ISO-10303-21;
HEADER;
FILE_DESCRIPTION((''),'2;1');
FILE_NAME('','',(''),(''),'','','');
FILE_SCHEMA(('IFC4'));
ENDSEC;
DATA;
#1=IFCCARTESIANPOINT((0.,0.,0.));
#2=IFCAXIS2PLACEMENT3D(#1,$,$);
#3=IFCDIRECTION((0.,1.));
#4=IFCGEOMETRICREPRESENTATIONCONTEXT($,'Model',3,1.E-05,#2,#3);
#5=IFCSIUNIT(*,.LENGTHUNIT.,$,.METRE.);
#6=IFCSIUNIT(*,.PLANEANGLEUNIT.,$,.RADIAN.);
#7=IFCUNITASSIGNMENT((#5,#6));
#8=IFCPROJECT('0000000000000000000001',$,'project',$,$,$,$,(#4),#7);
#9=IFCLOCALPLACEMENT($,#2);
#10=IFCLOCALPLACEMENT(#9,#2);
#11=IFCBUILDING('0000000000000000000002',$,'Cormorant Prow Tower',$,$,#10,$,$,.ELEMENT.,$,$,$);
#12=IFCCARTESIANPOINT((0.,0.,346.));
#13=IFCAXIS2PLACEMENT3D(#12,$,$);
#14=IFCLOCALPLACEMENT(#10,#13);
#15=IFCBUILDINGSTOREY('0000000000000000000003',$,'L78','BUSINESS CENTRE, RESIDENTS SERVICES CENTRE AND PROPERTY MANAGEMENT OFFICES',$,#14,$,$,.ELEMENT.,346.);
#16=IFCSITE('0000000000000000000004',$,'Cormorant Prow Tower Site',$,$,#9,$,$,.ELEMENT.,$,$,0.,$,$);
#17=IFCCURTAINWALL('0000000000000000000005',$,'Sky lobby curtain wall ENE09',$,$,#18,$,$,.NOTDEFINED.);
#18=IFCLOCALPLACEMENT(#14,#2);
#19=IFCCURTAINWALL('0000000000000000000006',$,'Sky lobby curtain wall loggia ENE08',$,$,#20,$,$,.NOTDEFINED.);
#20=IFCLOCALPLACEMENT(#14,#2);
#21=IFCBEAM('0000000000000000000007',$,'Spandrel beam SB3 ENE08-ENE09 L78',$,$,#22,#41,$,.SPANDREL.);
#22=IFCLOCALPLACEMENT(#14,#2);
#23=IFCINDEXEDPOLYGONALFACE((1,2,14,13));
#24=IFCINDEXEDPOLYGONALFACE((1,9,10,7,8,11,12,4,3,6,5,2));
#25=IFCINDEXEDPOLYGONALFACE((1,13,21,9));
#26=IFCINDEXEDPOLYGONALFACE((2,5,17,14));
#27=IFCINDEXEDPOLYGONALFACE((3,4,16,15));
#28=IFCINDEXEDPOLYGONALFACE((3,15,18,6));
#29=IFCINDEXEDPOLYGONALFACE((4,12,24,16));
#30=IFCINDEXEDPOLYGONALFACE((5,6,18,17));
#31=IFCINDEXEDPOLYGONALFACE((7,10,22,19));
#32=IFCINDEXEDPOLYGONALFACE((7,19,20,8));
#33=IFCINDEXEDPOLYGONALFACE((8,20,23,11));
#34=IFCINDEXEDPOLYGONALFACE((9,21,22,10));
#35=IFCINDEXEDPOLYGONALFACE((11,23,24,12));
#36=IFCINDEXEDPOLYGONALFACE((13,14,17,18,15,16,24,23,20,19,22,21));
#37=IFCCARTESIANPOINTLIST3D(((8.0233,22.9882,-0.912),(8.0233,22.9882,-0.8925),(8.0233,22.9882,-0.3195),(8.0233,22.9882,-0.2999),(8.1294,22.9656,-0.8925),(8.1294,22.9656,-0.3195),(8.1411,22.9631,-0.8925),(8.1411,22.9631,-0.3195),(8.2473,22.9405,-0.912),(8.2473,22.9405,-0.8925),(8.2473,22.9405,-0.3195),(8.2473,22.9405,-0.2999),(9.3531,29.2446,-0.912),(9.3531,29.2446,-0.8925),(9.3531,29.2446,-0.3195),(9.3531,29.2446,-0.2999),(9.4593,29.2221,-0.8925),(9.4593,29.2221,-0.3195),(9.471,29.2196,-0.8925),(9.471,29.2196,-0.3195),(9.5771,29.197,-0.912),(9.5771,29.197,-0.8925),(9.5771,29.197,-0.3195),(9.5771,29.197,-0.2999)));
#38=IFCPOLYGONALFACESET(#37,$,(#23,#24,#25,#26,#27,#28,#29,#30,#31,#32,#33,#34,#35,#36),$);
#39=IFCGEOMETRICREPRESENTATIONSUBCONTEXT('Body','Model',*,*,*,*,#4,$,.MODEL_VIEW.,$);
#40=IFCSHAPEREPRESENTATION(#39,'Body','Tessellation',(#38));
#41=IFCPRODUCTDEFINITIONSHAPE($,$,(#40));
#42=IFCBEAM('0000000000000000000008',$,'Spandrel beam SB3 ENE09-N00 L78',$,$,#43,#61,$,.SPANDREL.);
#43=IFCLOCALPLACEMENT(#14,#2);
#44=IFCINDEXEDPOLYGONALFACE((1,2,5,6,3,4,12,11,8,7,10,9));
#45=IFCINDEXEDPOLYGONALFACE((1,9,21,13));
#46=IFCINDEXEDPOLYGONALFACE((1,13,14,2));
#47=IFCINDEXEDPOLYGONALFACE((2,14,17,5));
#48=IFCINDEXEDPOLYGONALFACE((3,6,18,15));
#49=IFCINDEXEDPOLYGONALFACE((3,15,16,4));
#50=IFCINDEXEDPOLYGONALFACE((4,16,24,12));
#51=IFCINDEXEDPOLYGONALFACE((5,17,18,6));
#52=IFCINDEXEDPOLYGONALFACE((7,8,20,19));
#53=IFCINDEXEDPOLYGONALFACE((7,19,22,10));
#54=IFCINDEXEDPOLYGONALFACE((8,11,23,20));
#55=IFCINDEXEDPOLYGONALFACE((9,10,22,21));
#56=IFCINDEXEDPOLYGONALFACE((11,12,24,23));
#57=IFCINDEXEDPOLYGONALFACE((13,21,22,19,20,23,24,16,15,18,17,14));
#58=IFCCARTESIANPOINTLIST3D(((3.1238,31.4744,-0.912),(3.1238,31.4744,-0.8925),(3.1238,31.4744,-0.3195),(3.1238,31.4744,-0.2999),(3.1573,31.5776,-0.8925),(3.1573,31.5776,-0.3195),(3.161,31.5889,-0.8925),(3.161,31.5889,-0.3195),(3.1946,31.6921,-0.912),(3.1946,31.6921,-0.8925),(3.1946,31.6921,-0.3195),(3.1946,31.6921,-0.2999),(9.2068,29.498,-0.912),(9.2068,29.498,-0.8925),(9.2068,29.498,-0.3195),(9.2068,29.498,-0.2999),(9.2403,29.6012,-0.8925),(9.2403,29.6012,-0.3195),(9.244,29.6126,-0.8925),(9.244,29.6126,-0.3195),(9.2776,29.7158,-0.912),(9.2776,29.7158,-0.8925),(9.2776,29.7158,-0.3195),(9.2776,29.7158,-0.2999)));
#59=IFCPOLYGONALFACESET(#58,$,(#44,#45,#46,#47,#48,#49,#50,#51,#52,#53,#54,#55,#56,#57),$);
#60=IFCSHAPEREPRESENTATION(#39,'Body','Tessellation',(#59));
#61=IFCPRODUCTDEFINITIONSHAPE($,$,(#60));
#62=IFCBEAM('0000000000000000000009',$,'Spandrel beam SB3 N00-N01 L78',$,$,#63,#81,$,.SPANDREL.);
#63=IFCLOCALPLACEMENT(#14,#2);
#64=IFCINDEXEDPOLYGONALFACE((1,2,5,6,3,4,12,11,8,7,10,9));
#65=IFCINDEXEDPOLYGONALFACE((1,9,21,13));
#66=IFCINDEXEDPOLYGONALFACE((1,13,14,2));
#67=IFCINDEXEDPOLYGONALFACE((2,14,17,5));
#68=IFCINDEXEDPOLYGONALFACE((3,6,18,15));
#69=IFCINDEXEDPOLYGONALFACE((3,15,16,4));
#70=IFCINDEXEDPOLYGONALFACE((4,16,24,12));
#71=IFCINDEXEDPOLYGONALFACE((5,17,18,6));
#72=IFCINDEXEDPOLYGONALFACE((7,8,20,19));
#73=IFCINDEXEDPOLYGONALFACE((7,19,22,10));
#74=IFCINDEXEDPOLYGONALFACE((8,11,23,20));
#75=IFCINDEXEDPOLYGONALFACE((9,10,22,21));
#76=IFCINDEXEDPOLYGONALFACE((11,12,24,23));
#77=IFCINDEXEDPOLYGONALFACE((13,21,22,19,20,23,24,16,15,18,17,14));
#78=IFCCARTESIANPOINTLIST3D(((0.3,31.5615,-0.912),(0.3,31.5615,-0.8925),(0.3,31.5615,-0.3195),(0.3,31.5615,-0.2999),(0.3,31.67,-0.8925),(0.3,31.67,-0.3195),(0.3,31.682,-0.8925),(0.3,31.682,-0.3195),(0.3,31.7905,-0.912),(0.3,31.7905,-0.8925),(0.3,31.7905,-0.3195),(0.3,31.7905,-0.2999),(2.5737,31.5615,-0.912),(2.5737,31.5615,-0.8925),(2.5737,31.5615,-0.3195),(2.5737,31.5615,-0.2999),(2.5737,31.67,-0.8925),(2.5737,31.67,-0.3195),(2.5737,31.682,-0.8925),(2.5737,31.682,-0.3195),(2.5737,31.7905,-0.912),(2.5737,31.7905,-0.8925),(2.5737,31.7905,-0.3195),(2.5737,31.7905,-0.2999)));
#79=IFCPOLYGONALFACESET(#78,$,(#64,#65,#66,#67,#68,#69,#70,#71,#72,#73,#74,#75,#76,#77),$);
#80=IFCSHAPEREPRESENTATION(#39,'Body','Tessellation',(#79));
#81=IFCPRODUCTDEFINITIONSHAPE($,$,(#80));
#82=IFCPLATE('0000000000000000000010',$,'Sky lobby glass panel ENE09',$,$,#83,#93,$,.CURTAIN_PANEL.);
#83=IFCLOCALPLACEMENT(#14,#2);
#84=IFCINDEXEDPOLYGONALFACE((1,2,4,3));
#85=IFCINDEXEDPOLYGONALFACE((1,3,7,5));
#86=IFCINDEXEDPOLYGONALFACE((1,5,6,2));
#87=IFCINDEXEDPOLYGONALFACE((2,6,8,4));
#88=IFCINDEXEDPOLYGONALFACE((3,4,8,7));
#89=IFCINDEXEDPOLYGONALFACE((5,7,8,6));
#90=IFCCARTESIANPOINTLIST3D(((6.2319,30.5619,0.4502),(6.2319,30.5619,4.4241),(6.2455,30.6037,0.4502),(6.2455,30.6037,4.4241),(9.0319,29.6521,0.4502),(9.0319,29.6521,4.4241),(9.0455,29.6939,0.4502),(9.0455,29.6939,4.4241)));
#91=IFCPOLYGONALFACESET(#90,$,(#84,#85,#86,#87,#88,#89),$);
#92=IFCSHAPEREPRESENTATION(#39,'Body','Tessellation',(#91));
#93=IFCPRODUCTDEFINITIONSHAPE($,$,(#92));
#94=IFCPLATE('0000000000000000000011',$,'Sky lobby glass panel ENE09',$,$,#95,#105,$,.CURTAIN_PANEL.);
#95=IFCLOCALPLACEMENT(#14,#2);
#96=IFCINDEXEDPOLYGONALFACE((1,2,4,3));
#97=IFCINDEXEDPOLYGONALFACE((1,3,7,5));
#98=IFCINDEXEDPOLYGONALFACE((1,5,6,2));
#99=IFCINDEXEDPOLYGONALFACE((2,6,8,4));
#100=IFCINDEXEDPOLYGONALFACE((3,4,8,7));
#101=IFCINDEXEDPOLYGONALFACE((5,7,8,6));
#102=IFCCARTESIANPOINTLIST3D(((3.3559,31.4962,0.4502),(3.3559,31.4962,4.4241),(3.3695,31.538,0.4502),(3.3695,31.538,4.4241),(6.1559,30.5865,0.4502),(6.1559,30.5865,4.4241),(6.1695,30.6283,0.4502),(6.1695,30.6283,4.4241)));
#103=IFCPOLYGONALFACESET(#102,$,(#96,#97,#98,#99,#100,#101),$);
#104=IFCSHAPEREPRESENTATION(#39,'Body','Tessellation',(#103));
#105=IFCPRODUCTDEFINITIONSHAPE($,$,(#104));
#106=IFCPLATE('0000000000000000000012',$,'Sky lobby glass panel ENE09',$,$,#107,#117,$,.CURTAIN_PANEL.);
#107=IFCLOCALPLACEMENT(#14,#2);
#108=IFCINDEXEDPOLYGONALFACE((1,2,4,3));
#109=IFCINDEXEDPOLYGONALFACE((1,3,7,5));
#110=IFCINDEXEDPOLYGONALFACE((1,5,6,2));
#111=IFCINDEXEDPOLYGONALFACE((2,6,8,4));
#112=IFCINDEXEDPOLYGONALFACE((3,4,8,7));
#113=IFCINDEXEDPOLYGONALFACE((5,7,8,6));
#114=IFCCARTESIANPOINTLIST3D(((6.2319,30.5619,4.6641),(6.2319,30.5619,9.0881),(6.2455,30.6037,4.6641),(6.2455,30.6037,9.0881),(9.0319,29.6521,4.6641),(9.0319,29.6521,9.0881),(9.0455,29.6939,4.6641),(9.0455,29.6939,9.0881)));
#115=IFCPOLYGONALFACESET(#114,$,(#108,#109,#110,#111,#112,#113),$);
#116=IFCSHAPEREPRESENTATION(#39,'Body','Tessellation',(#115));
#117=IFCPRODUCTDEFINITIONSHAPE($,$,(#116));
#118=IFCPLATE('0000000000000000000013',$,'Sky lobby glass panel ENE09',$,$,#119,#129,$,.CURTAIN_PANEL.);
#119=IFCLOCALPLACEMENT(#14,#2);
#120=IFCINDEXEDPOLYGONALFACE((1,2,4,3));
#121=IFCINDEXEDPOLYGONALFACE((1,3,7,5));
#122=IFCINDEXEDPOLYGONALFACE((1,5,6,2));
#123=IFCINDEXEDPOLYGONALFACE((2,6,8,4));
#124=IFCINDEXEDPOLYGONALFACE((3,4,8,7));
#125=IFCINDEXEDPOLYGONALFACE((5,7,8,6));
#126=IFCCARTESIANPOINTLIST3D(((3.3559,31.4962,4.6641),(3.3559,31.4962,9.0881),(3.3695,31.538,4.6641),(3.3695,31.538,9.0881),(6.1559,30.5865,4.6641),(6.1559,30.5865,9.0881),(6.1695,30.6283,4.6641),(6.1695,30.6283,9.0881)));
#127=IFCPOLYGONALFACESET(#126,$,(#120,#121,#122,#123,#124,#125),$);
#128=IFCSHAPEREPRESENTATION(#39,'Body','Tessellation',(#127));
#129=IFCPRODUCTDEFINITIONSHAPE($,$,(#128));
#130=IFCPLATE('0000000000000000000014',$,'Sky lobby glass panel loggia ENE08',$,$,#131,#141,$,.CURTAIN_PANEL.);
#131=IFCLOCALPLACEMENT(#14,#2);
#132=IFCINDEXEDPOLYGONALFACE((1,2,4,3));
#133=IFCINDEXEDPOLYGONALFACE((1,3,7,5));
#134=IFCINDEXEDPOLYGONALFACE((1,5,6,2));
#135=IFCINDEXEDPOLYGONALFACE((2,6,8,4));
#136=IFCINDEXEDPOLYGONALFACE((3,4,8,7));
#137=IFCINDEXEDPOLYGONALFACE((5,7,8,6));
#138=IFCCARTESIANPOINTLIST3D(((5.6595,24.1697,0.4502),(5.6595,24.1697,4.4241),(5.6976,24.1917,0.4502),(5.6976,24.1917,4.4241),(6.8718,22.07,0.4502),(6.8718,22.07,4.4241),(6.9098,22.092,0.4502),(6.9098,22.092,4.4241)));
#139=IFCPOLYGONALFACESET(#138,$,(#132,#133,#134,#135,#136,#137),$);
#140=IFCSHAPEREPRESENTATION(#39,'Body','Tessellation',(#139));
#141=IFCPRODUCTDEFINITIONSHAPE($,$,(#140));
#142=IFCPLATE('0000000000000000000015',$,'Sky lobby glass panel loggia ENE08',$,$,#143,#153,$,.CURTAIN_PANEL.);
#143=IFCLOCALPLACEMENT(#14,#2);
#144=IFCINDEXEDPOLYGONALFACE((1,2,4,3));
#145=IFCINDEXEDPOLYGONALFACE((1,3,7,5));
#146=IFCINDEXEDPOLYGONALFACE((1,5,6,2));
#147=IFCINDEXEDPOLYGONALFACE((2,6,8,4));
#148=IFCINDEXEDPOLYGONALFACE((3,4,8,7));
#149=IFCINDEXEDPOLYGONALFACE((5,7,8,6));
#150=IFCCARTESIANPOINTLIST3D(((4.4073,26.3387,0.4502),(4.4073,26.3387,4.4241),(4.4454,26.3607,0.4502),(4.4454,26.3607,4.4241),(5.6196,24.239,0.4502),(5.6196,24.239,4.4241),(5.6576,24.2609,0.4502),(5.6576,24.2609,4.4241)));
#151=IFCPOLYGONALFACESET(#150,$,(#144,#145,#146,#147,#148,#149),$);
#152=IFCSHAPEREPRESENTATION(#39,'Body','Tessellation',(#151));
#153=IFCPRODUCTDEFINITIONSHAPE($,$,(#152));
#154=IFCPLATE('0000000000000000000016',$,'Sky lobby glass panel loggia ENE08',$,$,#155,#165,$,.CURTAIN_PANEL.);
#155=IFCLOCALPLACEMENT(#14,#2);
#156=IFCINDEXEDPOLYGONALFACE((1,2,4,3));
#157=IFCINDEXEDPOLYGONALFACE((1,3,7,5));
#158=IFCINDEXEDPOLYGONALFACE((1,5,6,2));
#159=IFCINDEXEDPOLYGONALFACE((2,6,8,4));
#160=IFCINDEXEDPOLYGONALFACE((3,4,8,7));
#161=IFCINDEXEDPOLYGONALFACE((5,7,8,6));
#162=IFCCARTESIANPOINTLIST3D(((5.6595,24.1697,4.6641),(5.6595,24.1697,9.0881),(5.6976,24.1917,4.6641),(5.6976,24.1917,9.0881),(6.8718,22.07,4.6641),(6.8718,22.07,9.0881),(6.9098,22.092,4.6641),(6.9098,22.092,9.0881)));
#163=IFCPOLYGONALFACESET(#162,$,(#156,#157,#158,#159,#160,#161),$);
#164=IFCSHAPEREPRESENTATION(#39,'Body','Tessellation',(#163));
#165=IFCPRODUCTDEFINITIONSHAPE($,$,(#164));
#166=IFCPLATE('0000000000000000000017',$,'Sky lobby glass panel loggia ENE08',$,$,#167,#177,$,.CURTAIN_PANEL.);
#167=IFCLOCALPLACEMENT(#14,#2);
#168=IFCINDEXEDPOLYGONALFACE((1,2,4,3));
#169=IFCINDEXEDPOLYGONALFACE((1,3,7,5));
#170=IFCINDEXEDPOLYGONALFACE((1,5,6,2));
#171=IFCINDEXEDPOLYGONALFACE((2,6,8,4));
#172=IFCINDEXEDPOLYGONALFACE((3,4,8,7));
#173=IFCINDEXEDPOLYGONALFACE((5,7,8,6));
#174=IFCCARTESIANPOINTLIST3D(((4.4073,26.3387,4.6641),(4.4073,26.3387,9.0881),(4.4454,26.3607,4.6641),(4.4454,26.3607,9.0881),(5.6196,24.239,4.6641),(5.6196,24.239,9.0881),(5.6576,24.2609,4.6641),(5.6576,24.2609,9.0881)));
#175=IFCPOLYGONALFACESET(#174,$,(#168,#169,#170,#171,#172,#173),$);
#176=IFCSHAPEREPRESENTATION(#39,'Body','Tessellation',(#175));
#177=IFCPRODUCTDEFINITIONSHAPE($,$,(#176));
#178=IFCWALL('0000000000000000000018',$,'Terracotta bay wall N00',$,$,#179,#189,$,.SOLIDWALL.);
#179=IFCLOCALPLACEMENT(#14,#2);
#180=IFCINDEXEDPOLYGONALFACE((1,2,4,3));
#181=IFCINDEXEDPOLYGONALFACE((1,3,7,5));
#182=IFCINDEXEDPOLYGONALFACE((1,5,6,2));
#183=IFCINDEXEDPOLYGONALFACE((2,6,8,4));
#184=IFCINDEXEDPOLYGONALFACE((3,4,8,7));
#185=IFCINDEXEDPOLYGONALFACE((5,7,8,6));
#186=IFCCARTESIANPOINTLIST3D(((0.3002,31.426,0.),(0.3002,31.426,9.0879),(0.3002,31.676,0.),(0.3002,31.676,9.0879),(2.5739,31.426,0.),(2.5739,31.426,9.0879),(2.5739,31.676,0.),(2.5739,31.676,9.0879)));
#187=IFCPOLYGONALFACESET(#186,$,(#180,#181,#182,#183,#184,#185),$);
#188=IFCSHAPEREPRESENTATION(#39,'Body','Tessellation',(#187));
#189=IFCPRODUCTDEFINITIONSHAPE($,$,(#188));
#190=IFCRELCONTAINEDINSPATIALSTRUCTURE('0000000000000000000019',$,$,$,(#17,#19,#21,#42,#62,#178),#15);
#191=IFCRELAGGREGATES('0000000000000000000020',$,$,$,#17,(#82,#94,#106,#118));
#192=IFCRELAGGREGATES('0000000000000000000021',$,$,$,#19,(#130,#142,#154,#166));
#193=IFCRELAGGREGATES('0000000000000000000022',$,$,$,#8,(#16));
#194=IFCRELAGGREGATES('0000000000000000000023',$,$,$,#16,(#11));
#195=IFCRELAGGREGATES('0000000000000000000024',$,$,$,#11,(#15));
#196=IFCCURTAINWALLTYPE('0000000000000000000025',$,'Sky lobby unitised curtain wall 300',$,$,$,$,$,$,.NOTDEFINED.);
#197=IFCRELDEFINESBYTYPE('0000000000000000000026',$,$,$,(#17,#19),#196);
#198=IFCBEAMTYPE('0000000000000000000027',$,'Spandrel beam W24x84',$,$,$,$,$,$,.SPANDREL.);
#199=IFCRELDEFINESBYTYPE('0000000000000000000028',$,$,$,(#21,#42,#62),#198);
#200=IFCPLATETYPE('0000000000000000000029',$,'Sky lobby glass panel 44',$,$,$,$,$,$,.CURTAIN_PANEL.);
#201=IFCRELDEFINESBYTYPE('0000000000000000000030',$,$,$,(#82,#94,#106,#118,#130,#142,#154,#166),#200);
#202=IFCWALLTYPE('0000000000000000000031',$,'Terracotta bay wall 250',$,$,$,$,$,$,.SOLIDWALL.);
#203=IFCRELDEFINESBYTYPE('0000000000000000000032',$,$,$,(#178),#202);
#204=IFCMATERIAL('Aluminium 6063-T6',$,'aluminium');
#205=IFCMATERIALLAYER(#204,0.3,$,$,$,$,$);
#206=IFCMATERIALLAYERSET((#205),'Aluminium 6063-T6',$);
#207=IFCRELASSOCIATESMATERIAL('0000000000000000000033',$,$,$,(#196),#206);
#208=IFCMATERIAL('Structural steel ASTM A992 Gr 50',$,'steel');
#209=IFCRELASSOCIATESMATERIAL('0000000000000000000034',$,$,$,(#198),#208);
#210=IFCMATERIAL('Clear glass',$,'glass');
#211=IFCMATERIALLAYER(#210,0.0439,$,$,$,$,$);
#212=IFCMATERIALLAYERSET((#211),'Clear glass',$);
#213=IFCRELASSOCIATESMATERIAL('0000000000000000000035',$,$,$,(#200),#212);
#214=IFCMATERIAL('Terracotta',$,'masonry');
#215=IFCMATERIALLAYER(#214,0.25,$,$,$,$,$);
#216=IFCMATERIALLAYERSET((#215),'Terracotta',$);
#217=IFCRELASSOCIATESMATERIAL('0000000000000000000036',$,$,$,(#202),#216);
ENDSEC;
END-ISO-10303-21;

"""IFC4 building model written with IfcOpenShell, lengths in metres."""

from ifc_helpers import new_model, si_unit, direction, frame, frame_2d, origin, origin_2d, place, context, subcontext, project, spatial, rectangle, i_section, extrude, material, layer, layer_set, material_profile, profile_set, type_object, element, aggregate, save


model = new_model("IFC4")

# Units and contexts
model_context = context("Model", 3, precision=1e-05, world=origin(), true_north=direction((0.0, 1.0)))
body_context = subcontext(model_context, "Body", "Model", "MODEL_VIEW")
ifc_project = project(units=[si_unit("LENGTHUNIT", "METRE"), si_unit("PLANEANGLEUNIT", "RADIAN")], contexts=[model_context])

# Site, building, storey
site_placement = place(None, origin())
site = spatial("IfcSite", under=ifc_project, at=site_placement, Name="Cormorant Prow Tower Site", CompositionType="ELEMENT", RefElevation=0.0)
building_placement = place(site_placement, origin())
building = spatial("IfcBuilding", under=site, at=building_placement, Name="Cormorant Prow Tower", CompositionType="ELEMENT")
storey_placement = place(building_placement, frame((0.0, 0.0, 346.0)))
storey = spatial("IfcBuildingStorey", under=building, at=storey_placement, Name="L78", Description="BUSINESS CENTRE, RESIDENTS SERVICES CENTRE AND PROPERTY MANAGEMENT OFFICES", CompositionType="ELEMENT", Elevation=346.0)

# Curtain wall
ifc_material_1 = material(Name="Aluminium 6063-T6", Category="aluminium")
ifc_layer_1 = layer(ifc_material_1, 0.3)
ifc_layer_set_1 = layer_set([ifc_layer_1], Name="Aluminium 6063-T6")
curtain_wall_type = type_object("IfcCurtainWallType", Name="Sky lobby unitised curtain wall 300", PredefinedType="NOTDEFINED", material=ifc_layer_set_1)
curtain_wall_1_placement = place(storey_placement, origin())
curtain_wall_1 = element("IfcCurtainWall", 1, at=curtain_wall_1_placement, inside=storey, type_object=curtain_wall_type, Name="Sky lobby curtain wall ENE09", PredefinedType="NOTDEFINED")

# Curtain wall
curtain_wall_2_placement = place(storey_placement, origin())
curtain_wall_2 = element("IfcCurtainWall", 2, at=curtain_wall_2_placement, inside=storey, type_object=curtain_wall_type, Name="Sky lobby curtain wall loggia ENE08", PredefinedType="NOTDEFINED")

# Beams
ifc_material_2 = material(Name="Structural steel ASTM A992 Gr 50", Category="steel")
ifc_material_profile_1 = material_profile(ifc_material_2, i_section(OverallWidth=0.229, OverallDepth=0.6121, WebThickness=0.012, FlangeThickness=0.0195, at=origin_2d()), Name="W24x84")
ifc_profile_set_1 = profile_set([ifc_material_profile_1], Name="Structural steel ASTM A992 Gr 50")
beam_type = type_object("IfcBeamType", Name="Spandrel beam W24x84", PredefinedType="SPANDREL", material=ifc_profile_set_1)
beam_1_placement = place(storey_placement, frame((8.1353, 22.9644, -0.606), z_axis=(0.207913, 0.978147, 0.0), x_axis=(-0.978147, 0.207913, 0.0)))
element("IfcBeam", 3, at=beam_1_placement, inside=storey, type_object=beam_type, Name="Spandrel beam SB3 ENE08-ENE09 L78", PredefinedType="SPANDREL", context=body_context, shape_type="SweptSolid", body=[
    extrude(i_section(OverallWidth=0.229, OverallDepth=0.6121, WebThickness=0.012, FlangeThickness=0.0195, at=origin_2d()), origin(), (0.0, 0.0, 1.0), 6.3962),
])
beam_2_placement = place(storey_placement, frame((9.2422, 29.6069, -0.606), z_axis=(-0.951064, 0.308993, 0.0), x_axis=(-0.308993, -0.951064, 0.0)))
element("IfcBeam", 4, at=beam_2_placement, inside=storey, type_object=beam_type, Name="Spandrel beam SB3 ENE09-N00 L78", PredefinedType="SPANDREL", context=body_context, shape_type="SweptSolid", body=[
    extrude(i_section(OverallWidth=0.229, OverallDepth=0.6121, WebThickness=0.012, FlangeThickness=0.0195, at=origin_2d()), origin(), (0.0, 0.0, 1.0), 6.396),
])
beam_3_placement = place(storey_placement, frame((2.5737, 31.676, -0.606), z_axis=(-1.0, 0.0, 0.0), x_axis=(0.0, -1.0, 0.0)))
element("IfcBeam", 5, at=beam_3_placement, inside=storey, type_object=beam_type, Name="Spandrel beam SB3 N00-N01 L78", PredefinedType="SPANDREL", context=body_context, shape_type="SweptSolid", body=[
    extrude(i_section(OverallWidth=0.229, OverallDepth=0.6121, WebThickness=0.012, FlangeThickness=0.0195, at=origin_2d()), origin(), (0.0, 0.0, 1.0), 2.2737),
])

# Plates
ifc_material_3 = material(Name="Clear glass", Category="glass")
ifc_layer_2 = layer(ifc_material_3, 0.0439)
ifc_layer_set_2 = layer_set([ifc_layer_2], Name="Clear glass")
plate_type = type_object("IfcPlateType", Name="Sky lobby glass panel 44", PredefinedType="CURTAIN_PANEL", material=ifc_layer_set_2)
plate_1_placement = place(storey_placement, frame((7.6387, 30.1279, 0.4502), z_axis=(0.0, 0.0, 1.0), x_axis=(-0.951057, 0.309017, 0.0)))
plate_1 = element("IfcPlate", 6, at=plate_1_placement, type_object=plate_type, Name="Sky lobby glass panel ENE09", PredefinedType="CURTAIN_PANEL", context=body_context, shape_type="SweptSolid", body=[
    extrude(rectangle(XDim=2.9441, YDim=0.0439, at=origin_2d()), origin(), (0.0, 0.0, 1.0), 3.9739),
])
plate_2_placement = place(storey_placement, frame((4.7627, 31.0623, 0.4502), z_axis=(0.0, 0.0, 1.0), x_axis=(-0.951057, 0.309017, 0.0)))
plate_2 = element("IfcPlate", 7, at=plate_2_placement, type_object=plate_type, Name="Sky lobby glass panel ENE09", PredefinedType="CURTAIN_PANEL", context=body_context, shape_type="SweptSolid", body=[
    extrude(rectangle(XDim=2.9441, YDim=0.0439, at=origin_2d()), origin(), (0.0, 0.0, 1.0), 3.9739),
])
plate_3_placement = place(storey_placement, frame((7.6387, 30.1279, 4.6641), z_axis=(0.0, 0.0, 1.0), x_axis=(-0.951057, 0.309017, 0.0)))
plate_3 = element("IfcPlate", 8, at=plate_3_placement, type_object=plate_type, Name="Sky lobby glass panel ENE09", PredefinedType="CURTAIN_PANEL", context=body_context, shape_type="SweptSolid", body=[
    extrude(rectangle(XDim=2.9441, YDim=0.0439, at=origin_2d()), origin(), (0.0, 0.0, 1.0), 4.4241),
])
plate_4_placement = place(storey_placement, frame((4.7627, 31.0623, 4.6641), z_axis=(0.0, 0.0, 1.0), x_axis=(-0.951057, 0.309017, 0.0)))
plate_4 = element("IfcPlate", 9, at=plate_4_placement, type_object=plate_type, Name="Sky lobby glass panel ENE09", PredefinedType="CURTAIN_PANEL", context=body_context, shape_type="SweptSolid", body=[
    extrude(rectangle(XDim=2.9441, YDim=0.0439, at=origin_2d()), origin(), (0.0, 0.0, 1.0), 4.4241),
])
aggregate(curtain_wall_1, [plate_1, plate_2, plate_3, plate_4])
plate_5_placement = place(storey_placement, frame((6.2847, 23.1309, 0.4502), z_axis=(0.0, 0.0, 1.0), x_axis=(-0.5, 0.866025, 0.0)))
plate_5 = element("IfcPlate", 10, at=plate_5_placement, type_object=plate_type, Name="Sky lobby glass panel loggia ENE08", PredefinedType="CURTAIN_PANEL", context=body_context, shape_type="SweptSolid", body=[
    extrude(rectangle(XDim=2.4246, YDim=0.0439, at=origin_2d()), origin(), (0.0, 0.0, 1.0), 3.9739),
])
plate_6_placement = place(storey_placement, frame((5.0325, 25.2998, 0.4502), z_axis=(0.0, 0.0, 1.0), x_axis=(-0.5, 0.866025, 0.0)))
plate_6 = element("IfcPlate", 11, at=plate_6_placement, type_object=plate_type, Name="Sky lobby glass panel loggia ENE08", PredefinedType="CURTAIN_PANEL", context=body_context, shape_type="SweptSolid", body=[
    extrude(rectangle(XDim=2.4246, YDim=0.0439, at=origin_2d()), origin(), (0.0, 0.0, 1.0), 3.9739),
])
plate_7_placement = place(storey_placement, frame((6.2847, 23.1309, 4.6641), z_axis=(0.0, 0.0, 1.0), x_axis=(-0.5, 0.866025, 0.0)))
plate_7 = element("IfcPlate", 12, at=plate_7_placement, type_object=plate_type, Name="Sky lobby glass panel loggia ENE08", PredefinedType="CURTAIN_PANEL", context=body_context, shape_type="SweptSolid", body=[
    extrude(rectangle(XDim=2.4246, YDim=0.0439, at=origin_2d()), origin(), (0.0, 0.0, 1.0), 4.4241),
])
plate_8_placement = place(storey_placement, frame((5.0325, 25.2998, 4.6641), z_axis=(0.0, 0.0, 1.0), x_axis=(-0.5, 0.866025, 0.0)))
plate_8 = element("IfcPlate", 13, at=plate_8_placement, type_object=plate_type, Name="Sky lobby glass panel loggia ENE08", PredefinedType="CURTAIN_PANEL", context=body_context, shape_type="SweptSolid", body=[
    extrude(rectangle(XDim=2.4246, YDim=0.0439, at=origin_2d()), origin(), (0.0, 0.0, 1.0), 4.4241),
])
aggregate(curtain_wall_2, [plate_5, plate_6, plate_7, plate_8])

# Wall
ifc_material_4 = material(Name="Terracotta", Category="masonry")
ifc_layer_3 = layer(ifc_material_4, 0.25)
ifc_layer_set_3 = layer_set([ifc_layer_3], Name="Terracotta")
wall_type_1 = type_object("IfcWallType", Name="Terracotta bay wall 250", PredefinedType="SOLIDWALL", material=ifc_layer_set_3)
wall_1_placement = place(storey_placement, frame((2.5737, 31.551, 0.0), z_axis=(0.0, 0.0, 1.0), x_axis=(-1.0, 0.0, 0.0)))
element("IfcWall", 14, at=wall_1_placement, inside=storey, type_object=wall_type_1, Name="Terracotta bay wall N00", PredefinedType="SOLIDWALL", context=body_context, shape_type="SweptSolid", body=[
    extrude(rectangle(XDim=2.2737, YDim=0.25, at=frame_2d((1.1367, 0.0))), origin(), (0.0, 0.0, 1.0), 9.0879),
])

save(model, "model.ifc")
